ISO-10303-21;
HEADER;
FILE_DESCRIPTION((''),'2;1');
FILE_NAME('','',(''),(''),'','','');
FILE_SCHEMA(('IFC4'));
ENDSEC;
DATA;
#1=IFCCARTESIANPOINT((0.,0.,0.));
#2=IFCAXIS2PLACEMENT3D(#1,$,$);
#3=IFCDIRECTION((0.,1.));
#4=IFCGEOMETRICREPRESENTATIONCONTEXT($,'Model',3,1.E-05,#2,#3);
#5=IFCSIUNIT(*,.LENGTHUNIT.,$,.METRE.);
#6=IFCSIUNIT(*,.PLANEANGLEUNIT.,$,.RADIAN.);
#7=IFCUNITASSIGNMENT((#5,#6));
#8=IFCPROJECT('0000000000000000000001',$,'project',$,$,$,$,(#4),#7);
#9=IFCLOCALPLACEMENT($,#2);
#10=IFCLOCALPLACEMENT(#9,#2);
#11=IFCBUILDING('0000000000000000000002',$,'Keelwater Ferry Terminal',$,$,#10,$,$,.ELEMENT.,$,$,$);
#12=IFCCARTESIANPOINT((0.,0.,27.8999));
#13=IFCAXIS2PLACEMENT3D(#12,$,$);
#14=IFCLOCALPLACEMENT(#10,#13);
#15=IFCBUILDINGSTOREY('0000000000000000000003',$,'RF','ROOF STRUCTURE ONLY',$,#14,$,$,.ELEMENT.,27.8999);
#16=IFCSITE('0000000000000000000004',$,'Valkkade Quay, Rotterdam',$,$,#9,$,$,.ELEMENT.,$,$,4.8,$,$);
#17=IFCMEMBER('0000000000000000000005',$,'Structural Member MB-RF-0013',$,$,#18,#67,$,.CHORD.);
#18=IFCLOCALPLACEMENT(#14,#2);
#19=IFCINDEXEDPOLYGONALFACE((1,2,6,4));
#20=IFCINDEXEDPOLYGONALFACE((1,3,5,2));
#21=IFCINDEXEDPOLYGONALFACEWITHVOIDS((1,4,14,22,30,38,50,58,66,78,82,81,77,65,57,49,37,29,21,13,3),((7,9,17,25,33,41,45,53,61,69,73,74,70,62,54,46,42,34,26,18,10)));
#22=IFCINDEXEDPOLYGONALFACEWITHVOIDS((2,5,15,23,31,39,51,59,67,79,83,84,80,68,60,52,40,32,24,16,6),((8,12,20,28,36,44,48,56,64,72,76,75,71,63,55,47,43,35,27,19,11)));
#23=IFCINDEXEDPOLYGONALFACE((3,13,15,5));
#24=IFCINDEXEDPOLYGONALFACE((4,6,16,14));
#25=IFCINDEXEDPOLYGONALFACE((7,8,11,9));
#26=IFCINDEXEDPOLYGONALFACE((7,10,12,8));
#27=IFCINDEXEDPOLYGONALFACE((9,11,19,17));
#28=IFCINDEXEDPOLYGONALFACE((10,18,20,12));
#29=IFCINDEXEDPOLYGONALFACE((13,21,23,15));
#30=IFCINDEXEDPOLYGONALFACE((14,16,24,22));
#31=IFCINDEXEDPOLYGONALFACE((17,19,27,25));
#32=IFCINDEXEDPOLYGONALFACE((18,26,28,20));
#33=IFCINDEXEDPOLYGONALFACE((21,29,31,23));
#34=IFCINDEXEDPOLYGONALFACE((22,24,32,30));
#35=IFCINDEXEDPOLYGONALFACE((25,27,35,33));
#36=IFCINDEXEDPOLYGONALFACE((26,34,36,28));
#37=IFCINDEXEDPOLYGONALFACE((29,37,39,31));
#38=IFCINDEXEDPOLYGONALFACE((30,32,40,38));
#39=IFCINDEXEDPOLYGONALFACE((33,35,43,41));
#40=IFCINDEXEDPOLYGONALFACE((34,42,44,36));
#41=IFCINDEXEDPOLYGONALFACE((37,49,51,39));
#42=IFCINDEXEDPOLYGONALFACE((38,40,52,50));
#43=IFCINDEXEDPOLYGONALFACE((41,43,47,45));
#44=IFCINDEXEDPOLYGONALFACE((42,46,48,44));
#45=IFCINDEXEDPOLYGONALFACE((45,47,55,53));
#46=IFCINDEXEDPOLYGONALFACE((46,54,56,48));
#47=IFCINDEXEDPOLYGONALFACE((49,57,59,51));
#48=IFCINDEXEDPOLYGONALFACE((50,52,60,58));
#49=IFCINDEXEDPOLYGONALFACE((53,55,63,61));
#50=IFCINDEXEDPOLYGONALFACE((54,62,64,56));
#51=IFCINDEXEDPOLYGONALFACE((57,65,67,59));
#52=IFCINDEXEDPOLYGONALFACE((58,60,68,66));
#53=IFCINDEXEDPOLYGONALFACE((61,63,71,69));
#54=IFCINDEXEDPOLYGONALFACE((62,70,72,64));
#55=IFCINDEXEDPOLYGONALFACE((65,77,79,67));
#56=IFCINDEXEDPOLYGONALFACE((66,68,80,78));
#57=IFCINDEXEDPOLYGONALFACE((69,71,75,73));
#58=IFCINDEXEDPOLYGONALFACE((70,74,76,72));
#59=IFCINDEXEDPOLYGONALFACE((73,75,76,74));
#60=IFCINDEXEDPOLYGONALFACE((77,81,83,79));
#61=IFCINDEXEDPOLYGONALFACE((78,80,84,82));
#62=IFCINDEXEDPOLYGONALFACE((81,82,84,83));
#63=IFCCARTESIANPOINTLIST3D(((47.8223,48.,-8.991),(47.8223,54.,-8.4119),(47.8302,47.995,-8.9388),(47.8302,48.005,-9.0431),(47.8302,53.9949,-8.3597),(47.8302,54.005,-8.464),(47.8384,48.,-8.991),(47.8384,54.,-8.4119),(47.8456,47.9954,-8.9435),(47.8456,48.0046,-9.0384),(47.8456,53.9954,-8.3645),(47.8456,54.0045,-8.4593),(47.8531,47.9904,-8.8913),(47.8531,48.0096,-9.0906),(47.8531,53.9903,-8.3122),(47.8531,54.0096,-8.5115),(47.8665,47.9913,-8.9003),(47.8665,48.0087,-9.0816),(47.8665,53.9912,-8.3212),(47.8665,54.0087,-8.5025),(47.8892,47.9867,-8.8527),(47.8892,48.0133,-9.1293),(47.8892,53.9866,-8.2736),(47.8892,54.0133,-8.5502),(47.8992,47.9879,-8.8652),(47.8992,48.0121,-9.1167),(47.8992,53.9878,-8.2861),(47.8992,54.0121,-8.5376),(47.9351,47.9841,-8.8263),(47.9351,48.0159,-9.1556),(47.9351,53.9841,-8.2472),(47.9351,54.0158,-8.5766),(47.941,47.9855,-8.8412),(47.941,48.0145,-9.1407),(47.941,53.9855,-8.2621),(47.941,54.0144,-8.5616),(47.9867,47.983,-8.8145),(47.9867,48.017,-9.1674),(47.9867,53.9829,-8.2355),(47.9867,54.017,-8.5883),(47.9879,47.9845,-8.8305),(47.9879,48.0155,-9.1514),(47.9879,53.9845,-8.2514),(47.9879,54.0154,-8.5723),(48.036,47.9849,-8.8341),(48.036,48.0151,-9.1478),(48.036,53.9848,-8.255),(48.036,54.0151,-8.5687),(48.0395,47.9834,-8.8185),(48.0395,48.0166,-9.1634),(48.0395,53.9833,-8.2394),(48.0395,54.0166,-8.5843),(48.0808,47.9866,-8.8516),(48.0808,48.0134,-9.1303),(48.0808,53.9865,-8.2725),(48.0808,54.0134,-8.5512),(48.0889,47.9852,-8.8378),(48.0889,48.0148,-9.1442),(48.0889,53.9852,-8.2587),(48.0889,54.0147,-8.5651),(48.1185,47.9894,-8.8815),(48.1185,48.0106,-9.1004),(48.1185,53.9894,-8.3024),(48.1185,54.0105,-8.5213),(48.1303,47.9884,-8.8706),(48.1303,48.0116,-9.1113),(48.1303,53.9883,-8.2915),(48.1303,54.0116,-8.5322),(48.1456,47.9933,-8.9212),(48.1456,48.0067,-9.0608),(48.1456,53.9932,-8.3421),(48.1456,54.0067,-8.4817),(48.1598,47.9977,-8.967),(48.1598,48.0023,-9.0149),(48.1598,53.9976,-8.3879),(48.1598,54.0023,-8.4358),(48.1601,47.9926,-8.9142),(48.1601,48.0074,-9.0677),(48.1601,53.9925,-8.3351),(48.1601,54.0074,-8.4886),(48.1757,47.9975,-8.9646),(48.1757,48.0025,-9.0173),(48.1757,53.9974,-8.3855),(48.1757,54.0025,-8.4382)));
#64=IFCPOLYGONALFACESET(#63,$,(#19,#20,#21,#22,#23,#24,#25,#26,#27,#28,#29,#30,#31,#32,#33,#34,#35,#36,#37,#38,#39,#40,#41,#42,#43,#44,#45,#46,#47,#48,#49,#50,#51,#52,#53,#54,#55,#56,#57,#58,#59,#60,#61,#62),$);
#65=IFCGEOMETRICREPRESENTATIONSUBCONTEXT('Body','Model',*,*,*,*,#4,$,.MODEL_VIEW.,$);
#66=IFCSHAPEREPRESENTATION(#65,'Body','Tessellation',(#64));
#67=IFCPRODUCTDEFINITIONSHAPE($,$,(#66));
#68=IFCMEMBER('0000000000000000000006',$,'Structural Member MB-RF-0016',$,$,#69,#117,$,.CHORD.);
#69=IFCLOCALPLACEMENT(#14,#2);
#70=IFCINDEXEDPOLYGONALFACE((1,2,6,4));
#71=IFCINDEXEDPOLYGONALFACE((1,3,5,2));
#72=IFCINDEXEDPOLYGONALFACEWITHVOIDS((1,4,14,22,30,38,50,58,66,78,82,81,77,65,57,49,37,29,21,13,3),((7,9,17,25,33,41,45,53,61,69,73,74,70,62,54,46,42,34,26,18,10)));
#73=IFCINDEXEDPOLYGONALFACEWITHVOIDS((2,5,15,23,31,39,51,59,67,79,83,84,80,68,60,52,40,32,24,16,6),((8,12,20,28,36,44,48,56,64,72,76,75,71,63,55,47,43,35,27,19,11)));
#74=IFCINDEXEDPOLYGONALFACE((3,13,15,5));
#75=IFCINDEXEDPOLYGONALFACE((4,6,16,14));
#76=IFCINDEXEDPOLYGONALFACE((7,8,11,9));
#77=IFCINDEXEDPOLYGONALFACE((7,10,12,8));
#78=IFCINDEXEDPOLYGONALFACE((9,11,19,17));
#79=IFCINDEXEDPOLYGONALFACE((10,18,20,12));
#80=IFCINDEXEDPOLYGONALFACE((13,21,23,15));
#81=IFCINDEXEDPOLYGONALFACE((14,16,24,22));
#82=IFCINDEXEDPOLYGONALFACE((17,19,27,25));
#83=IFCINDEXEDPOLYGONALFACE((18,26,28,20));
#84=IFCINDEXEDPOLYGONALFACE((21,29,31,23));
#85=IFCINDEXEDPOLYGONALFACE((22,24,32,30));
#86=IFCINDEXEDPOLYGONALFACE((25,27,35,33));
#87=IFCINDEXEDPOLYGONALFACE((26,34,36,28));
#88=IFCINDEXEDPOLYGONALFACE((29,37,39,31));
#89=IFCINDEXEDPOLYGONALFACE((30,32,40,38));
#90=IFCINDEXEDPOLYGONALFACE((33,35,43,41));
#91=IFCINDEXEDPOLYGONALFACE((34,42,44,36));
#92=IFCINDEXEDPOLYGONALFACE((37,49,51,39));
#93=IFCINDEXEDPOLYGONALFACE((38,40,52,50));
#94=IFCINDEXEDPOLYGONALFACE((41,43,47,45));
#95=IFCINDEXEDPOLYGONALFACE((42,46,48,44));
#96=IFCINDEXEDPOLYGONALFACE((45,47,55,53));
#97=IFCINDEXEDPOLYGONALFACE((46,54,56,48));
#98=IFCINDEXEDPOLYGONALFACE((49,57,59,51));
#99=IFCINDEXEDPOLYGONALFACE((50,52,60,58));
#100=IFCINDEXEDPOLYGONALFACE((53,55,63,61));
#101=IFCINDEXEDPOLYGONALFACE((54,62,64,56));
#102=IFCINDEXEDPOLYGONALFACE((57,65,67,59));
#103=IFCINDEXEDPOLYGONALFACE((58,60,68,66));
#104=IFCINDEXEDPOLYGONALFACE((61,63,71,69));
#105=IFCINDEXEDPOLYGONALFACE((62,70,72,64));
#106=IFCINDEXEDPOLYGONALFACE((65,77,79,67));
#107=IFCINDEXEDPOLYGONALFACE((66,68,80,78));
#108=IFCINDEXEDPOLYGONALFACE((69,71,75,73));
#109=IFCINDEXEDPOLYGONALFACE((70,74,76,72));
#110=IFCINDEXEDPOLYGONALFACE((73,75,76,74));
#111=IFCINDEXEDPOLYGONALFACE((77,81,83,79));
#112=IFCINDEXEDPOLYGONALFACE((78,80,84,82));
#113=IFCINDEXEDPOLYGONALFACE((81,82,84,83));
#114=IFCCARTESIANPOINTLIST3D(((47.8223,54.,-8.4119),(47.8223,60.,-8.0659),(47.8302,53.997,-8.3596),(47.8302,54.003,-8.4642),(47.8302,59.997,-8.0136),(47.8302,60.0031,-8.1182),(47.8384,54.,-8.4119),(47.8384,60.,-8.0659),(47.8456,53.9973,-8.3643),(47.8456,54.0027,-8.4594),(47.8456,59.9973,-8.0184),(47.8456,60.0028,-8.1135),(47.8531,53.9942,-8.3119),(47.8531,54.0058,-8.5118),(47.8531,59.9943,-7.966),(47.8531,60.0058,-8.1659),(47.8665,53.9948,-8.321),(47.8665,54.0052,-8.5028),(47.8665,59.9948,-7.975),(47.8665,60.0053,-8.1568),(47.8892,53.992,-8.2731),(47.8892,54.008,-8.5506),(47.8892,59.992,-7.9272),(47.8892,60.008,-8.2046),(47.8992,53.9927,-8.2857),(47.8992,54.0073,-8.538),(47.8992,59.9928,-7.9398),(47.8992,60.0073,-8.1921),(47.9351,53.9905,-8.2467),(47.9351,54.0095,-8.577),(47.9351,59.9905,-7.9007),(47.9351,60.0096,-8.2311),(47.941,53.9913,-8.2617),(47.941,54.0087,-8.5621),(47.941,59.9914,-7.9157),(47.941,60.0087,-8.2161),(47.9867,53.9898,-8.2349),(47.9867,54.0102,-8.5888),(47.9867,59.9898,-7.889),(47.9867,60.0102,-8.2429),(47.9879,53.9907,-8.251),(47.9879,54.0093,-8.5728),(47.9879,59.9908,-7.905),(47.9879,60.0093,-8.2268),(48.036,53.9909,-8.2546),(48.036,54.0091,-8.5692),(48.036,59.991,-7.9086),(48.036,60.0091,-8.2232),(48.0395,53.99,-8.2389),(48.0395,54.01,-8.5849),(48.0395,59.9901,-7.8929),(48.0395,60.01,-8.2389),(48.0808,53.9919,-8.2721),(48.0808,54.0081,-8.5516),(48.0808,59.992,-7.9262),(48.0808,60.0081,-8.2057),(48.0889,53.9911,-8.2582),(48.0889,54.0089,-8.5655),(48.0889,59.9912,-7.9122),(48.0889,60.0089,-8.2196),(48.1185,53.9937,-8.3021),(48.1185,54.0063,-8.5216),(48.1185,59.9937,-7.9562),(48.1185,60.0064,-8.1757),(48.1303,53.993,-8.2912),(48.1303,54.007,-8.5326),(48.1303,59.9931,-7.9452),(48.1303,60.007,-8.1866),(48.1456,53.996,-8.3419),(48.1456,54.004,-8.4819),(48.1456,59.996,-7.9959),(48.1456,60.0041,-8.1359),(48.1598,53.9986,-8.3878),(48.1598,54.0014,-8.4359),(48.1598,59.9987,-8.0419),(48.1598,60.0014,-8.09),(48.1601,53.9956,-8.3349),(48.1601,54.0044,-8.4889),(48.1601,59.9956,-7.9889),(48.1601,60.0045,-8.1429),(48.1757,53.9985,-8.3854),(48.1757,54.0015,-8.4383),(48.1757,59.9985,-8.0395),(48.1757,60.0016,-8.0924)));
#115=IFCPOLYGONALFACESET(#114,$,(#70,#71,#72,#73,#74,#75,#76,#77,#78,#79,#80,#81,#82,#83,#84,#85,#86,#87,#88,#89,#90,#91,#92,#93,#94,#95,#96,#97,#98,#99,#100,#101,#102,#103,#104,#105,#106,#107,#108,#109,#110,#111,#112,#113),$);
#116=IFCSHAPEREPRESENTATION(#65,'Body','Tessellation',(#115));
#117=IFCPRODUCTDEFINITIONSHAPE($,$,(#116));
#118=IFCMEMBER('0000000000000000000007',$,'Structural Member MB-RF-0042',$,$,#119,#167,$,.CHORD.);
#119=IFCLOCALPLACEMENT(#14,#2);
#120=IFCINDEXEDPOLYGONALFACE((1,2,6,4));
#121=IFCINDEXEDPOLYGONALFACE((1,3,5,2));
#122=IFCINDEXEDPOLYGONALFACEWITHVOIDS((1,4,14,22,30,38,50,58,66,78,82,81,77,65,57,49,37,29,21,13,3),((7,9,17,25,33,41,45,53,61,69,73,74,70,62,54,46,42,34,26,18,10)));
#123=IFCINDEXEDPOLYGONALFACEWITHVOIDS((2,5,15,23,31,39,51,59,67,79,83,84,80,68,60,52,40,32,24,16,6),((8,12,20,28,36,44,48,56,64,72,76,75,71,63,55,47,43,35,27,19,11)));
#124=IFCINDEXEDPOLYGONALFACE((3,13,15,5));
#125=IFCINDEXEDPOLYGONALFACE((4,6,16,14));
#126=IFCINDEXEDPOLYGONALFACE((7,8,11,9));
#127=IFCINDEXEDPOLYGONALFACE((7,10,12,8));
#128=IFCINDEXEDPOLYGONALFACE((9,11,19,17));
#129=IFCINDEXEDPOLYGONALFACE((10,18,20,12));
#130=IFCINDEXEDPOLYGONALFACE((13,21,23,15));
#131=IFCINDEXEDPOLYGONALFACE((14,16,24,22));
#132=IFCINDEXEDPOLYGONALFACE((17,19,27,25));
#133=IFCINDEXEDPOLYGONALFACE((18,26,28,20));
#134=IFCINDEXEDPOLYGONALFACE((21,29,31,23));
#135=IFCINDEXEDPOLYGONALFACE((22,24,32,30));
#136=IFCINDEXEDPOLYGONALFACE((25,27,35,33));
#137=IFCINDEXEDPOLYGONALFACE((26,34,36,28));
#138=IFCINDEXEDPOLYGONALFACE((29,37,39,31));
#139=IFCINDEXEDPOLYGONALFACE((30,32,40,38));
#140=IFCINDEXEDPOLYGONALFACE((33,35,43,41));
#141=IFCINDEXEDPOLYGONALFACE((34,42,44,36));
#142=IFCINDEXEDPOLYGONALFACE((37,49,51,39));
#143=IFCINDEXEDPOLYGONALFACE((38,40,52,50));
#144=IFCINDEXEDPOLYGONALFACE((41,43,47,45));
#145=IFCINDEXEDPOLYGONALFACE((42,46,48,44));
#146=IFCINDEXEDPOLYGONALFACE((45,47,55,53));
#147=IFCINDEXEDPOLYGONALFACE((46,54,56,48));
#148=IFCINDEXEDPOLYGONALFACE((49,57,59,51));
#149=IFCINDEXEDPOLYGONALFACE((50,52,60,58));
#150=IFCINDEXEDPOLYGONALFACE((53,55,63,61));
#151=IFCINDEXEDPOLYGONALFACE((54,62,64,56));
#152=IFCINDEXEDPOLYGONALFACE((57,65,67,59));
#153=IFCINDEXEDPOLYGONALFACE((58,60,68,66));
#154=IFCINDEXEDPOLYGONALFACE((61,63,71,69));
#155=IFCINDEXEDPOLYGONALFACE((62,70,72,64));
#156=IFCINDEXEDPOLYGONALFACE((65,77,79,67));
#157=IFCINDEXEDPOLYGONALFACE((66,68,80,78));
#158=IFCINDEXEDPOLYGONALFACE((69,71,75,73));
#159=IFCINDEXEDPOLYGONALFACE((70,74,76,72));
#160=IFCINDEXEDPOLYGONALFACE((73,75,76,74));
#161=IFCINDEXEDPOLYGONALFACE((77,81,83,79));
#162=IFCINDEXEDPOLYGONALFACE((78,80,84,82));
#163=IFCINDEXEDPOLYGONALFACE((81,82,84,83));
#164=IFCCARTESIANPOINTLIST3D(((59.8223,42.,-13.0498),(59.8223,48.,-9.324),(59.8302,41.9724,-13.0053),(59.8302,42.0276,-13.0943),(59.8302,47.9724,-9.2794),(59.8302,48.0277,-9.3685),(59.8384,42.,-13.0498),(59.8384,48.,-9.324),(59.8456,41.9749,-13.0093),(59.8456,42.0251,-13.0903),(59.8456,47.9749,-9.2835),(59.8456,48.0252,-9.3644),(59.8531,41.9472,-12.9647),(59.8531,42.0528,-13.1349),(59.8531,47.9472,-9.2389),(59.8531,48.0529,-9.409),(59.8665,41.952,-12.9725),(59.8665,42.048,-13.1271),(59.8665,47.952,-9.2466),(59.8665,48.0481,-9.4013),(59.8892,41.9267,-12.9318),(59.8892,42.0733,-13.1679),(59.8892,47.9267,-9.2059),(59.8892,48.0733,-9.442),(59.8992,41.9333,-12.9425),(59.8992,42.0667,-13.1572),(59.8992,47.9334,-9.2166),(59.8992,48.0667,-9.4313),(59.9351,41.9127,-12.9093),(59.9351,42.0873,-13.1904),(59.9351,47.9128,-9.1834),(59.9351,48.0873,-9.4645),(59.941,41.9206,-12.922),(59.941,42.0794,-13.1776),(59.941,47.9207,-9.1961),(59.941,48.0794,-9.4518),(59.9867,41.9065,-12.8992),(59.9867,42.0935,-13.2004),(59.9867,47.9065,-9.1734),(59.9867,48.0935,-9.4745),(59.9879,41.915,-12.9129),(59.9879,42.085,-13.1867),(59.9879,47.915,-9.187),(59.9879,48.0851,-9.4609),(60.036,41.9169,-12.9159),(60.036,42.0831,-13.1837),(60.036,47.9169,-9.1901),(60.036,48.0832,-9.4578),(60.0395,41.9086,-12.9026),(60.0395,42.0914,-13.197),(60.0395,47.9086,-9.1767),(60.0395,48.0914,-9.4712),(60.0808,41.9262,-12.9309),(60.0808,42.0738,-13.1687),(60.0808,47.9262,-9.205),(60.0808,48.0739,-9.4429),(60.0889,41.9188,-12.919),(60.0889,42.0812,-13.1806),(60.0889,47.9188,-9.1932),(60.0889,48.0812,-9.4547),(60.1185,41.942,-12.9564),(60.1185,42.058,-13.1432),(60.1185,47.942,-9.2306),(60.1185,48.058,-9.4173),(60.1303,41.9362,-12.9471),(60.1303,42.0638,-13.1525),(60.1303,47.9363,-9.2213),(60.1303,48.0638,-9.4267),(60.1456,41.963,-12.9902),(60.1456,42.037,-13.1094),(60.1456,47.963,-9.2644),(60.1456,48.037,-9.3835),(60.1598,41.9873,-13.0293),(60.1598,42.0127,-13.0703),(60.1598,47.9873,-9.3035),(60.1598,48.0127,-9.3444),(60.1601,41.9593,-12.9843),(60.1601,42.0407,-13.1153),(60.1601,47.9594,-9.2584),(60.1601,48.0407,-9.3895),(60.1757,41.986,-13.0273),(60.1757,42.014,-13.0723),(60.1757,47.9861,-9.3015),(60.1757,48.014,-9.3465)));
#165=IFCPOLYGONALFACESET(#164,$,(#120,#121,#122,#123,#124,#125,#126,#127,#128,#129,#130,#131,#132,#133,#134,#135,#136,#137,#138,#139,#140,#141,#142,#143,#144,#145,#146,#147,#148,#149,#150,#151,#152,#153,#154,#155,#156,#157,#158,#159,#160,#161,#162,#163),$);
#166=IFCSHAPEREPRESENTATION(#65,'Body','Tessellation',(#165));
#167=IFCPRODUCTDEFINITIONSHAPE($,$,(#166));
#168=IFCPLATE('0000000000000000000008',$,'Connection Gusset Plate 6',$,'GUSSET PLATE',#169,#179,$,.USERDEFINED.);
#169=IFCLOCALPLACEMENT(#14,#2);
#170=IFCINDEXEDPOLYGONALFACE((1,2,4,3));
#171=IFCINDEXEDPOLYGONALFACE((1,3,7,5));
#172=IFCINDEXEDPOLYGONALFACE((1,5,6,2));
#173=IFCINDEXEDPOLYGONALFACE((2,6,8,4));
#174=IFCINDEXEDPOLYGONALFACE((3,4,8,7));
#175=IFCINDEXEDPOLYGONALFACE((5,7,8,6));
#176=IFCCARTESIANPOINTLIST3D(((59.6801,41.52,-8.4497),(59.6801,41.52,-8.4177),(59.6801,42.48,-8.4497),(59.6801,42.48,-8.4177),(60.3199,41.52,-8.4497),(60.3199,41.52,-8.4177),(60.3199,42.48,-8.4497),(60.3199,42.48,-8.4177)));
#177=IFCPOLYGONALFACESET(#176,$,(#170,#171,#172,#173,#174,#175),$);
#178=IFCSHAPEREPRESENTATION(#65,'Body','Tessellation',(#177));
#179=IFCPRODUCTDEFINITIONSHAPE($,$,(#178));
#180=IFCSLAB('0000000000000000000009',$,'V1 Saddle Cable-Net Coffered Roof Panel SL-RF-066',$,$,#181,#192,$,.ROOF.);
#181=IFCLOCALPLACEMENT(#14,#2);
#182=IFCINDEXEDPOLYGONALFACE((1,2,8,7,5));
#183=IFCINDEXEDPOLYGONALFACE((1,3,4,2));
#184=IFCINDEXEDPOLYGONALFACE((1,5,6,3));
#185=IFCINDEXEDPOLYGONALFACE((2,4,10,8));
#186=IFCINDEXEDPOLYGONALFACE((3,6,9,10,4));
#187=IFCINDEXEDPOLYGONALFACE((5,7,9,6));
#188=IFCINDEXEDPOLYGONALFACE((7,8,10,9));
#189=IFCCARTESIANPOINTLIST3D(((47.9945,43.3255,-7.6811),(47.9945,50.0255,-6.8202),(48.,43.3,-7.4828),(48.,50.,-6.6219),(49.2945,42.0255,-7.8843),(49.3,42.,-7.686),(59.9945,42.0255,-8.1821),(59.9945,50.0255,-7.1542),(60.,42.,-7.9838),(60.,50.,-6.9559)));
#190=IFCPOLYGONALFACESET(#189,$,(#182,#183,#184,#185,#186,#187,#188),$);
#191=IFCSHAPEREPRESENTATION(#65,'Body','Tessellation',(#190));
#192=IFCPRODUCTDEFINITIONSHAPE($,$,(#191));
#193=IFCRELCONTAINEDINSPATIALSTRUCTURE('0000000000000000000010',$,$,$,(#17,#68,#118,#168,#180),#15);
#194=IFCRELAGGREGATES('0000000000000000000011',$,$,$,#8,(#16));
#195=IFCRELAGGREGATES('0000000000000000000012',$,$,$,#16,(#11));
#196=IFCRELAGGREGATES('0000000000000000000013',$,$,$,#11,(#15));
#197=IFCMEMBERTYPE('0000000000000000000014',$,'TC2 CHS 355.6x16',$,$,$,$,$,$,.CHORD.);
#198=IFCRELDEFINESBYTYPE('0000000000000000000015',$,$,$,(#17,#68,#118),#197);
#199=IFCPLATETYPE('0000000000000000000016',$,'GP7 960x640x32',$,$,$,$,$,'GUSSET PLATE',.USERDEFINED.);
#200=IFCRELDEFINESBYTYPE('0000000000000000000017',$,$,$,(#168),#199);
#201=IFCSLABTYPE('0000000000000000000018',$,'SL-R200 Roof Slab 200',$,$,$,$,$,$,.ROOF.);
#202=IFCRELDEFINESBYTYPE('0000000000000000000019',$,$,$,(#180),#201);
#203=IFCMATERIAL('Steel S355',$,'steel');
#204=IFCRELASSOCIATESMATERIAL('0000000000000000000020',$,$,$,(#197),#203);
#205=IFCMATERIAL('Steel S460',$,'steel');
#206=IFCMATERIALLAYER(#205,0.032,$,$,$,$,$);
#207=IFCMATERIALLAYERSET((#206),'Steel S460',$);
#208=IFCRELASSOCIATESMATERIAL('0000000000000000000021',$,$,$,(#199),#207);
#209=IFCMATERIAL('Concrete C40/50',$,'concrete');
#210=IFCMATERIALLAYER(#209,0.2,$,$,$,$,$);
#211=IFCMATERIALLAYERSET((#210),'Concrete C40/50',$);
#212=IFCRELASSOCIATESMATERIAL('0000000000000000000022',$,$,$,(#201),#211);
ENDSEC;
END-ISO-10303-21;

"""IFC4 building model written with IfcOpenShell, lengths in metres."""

from ifc_helpers import new_model, si_unit, direction, frame, origin, origin_with_axes, origin_2d, place, context, subcontext, project, spatial, polyline, rectangle, hollow_circle, outline, extrude, material, layer, layer_set, material_profile, profile_set, type_object, element, save


model = new_model("IFC4")

# Units and contexts
model_context = context("Model", 3, precision=1e-05, world=origin(), true_north=direction((0.0, 1.0)))
body_context = subcontext(model_context, "Body", "Model", "MODEL_VIEW")
ifc_project = project(units=[si_unit("LENGTHUNIT", "METRE"), si_unit("PLANEANGLEUNIT", "RADIAN")], contexts=[model_context])

# Site, building, storey
site_placement = place(None, origin())
site = spatial("IfcSite", under=ifc_project, at=site_placement, Name="Valkkade Quay, Rotterdam", CompositionType="ELEMENT", RefElevation=4.8)
building_placement = place(site_placement, origin())
building = spatial("IfcBuilding", under=site, at=building_placement, Name="Keelwater Ferry Terminal", CompositionType="ELEMENT")
storey_placement = place(building_placement, frame((0.0, 0.0, 27.8999)))
storey = spatial("IfcBuildingStorey", under=building, at=storey_placement, Name="RF", Description="ROOF STRUCTURE ONLY", CompositionType="ELEMENT", Elevation=27.8999)

# Members
ifc_material_1 = material(Name="Steel S355", Category="steel")
ifc_material_profile_1 = material_profile(ifc_material_1, hollow_circle(Radius=0.1777, WallThickness=0.0161, at=origin_2d()), Name="CHS 355.6x16")
ifc_profile_set_1 = profile_set([ifc_material_profile_1], Name="Steel S355")
member_type_1 = type_object("IfcMemberType", Name="TC2 CHS 355.6x16", PredefinedType="CHORD", material=ifc_profile_set_1)
member_1_placement = place(storey_placement, frame((48.0, 48.0, -8.991), z_axis=(0.0, 0.995375, 0.09607), x_axis=(-1.0, 0.0, 0.0)))
element("IfcMember", 1, at=member_1_placement, inside=storey, type_object=member_type_1, Name="Structural Member MB-RF-0013", PredefinedType="CHORD", context=body_context, shape_type="SweptSolid", body=[
    extrude(hollow_circle(Radius=0.1777, WallThickness=0.0161, at=origin_2d()), origin(), (0.0, 0.0, 1.0), 6.0278),
])
member_2_placement = place(storey_placement, frame((48.0, 54.0, -8.4119), z_axis=(0.0, 0.998342, 0.057562), x_axis=(-1.0, 0.0, 0.0)))
element("IfcMember", 2, at=member_2_placement, inside=storey, type_object=member_type_1, Name="Structural Member MB-RF-0016", PredefinedType="CHORD", context=body_context, shape_type="SweptSolid", body=[
    extrude(hollow_circle(Radius=0.1777, WallThickness=0.0161, at=origin_2d()), origin(), (0.0, 0.0, 1.0), 6.01),
])
member_3_placement = place(storey_placement, frame((60.0, 42.0, -13.0498), z_axis=(0.0, 0.849533, 0.527536), x_axis=(-1.0, 0.0, 0.0)))
element("IfcMember", 3, at=member_3_placement, inside=storey, type_object=member_type_1, Name="Structural Member MB-RF-0042", PredefinedType="CHORD", context=body_context, shape_type="SweptSolid", body=[
    extrude(hollow_circle(Radius=0.1777, WallThickness=0.0161, at=origin_2d()), origin(), (0.0, 0.0, 1.0), 7.0627),
])

# Plate
ifc_material_2 = material(Name="Steel S460", Category="steel")
ifc_layer_1 = layer(ifc_material_2, 0.032)
ifc_layer_set_1 = layer_set([ifc_layer_1], Name="Steel S460")
plate_type = type_object("IfcPlateType", Name="GP7 960x640x32", ElementType="GUSSET PLATE", PredefinedType="USERDEFINED", material=ifc_layer_set_1)
plate_placement = place(storey_placement, frame((60.0, 42.0, -8.4497), z_axis=(0.0, 0.0, 1.0), x_axis=(0.0, 1.0, 0.0)))
element("IfcPlate", 4, at=plate_placement, inside=storey, type_object=plate_type, Name="Connection Gusset Plate 6", ObjectType="GUSSET PLATE", PredefinedType="USERDEFINED", context=body_context, shape_type="SweptSolid", body=[
    extrude(rectangle(XDim=0.96, YDim=0.6399, at=origin_2d()), origin(), (0.0, 0.0, 1.0), 0.032),
])

# Slab
ifc_material_3 = material(Name="Concrete C40/50", Category="concrete")
ifc_layer_2 = layer(ifc_material_3, 0.2)
ifc_layer_set_2 = layer_set([ifc_layer_2], Name="Concrete C40/50")
slab_type = type_object("IfcSlabType", Name="SL-R200 Roof Slab 200", PredefinedType="ROOF", material=ifc_layer_set_2)
slab_1_placement = place(storey_placement, frame((49.2945, 42.0255, -7.8843), z_axis=(0.027598, -0.127396, 0.991468), x_axis=(0.999619, 0.003517, -0.027373)))
element("IfcSlab", 5, at=slab_1_placement, inside=storey, type_object=slab_type, Name="V1 Saddle Cable-Net Coffered Roof Panel SL-RF-066", PredefinedType="ROOF", context=body_context, shape_type="SweptSolid", body=[
    extrude(outline(polyline([(0.0, 0.0), (10.7041, -0.038), (10.7041, 8.0278), (-1.3005, 8.0704), (-1.3005, 1.3153), (0.0, 0.0)])), origin_with_axes(), (0.0, 0.0, 1.0), 0.2),
])

save(model, "model.ifc")
